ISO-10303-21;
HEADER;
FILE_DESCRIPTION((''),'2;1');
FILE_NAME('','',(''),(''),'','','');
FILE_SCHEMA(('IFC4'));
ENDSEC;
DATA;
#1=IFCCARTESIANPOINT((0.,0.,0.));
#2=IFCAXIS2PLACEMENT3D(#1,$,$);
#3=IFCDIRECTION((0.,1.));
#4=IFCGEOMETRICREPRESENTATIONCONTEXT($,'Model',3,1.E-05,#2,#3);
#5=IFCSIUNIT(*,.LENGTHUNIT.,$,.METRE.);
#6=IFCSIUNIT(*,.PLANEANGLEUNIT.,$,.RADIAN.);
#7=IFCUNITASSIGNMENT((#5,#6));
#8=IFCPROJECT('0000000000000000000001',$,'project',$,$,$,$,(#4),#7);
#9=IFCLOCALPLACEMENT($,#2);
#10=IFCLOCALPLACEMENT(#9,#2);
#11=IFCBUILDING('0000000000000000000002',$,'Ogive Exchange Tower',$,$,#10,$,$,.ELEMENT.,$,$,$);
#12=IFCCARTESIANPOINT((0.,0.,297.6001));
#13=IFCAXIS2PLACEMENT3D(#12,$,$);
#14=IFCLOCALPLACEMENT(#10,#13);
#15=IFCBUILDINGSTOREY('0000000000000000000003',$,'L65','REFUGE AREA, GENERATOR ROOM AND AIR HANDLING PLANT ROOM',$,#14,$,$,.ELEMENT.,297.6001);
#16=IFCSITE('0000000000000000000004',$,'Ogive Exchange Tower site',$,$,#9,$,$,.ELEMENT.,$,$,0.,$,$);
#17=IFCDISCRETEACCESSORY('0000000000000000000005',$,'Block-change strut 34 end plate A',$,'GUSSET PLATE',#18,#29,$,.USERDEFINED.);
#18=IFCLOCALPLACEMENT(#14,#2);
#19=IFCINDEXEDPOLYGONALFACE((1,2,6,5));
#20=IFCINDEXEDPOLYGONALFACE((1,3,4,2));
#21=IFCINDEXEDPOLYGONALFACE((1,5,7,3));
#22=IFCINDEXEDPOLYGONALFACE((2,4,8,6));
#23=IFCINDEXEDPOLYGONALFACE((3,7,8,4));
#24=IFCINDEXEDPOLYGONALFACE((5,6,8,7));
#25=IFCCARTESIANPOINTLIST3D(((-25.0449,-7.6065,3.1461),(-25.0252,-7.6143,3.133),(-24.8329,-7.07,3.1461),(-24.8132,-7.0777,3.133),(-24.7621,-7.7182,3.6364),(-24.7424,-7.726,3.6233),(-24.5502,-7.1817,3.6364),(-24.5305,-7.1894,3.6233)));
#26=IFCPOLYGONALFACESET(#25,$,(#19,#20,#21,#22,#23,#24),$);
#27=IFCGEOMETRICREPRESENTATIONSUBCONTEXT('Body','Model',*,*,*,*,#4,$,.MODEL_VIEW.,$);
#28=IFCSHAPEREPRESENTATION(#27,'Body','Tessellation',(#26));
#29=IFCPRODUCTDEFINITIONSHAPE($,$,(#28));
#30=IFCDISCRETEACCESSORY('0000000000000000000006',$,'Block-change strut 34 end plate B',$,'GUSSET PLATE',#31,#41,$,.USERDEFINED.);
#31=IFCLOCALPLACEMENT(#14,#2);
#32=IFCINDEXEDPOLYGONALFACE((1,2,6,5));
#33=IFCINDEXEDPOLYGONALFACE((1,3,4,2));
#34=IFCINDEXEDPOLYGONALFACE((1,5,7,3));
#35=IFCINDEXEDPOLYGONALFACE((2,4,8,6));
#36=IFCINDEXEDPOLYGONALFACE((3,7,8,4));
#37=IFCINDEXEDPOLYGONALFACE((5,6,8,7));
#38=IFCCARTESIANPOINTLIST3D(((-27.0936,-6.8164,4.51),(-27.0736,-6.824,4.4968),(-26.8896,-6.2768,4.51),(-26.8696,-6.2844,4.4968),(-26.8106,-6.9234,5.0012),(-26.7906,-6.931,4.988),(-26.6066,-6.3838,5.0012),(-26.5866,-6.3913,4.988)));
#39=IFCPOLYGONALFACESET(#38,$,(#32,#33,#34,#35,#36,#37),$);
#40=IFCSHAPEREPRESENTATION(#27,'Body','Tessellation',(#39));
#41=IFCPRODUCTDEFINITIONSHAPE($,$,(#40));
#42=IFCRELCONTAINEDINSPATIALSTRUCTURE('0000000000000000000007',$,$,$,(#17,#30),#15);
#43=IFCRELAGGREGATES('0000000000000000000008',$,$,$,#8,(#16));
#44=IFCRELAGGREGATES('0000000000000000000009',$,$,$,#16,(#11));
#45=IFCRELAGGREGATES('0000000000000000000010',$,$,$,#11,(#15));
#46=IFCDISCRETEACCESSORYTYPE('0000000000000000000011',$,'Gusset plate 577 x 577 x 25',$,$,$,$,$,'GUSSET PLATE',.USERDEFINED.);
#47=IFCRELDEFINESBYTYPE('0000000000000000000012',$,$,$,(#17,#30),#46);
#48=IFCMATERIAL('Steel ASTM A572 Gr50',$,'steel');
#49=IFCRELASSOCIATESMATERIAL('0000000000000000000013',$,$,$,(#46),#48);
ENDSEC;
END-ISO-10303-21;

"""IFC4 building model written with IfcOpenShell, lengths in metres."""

from ifc_helpers import new_model, si_unit, direction, frame, origin, origin_2d, place, context, subcontext, project, spatial, rectangle, extrude, material, material_profile, profile_set, type_object, element, save


model = new_model("IFC4")

# Units and contexts
model_context = context("Model", 3, precision=1e-05, world=origin(), true_north=direction((0.0, 1.0)))
body_context = subcontext(model_context, "Body", "Model", "MODEL_VIEW")
ifc_project = project(units=[si_unit("LENGTHUNIT", "METRE"), si_unit("PLANEANGLEUNIT", "RADIAN")], contexts=[model_context])

# Site, building, storey
site_placement = place(None, origin())
site = spatial("IfcSite", under=ifc_project, at=site_placement, Name="Ogive Exchange Tower site", CompositionType="ELEMENT", RefElevation=0.0)
building_placement = place(site_placement, origin())
building = spatial("IfcBuilding", under=site, at=building_placement, Name="Ogive Exchange Tower", CompositionType="ELEMENT")
storey_placement = place(building_placement, frame((0.0, 0.0, 297.6001)))
storey = spatial("IfcBuildingStorey", under=building, at=storey_placement, Name="L65", Description="REFUGE AREA, GENERATOR ROOM AND AIR HANDLING PLANT ROOM", CompositionType="ELEMENT", Elevation=297.6001)

# Discrete accessories
ifc_material_1 = material(Name="Steel ASTM A572 Gr50", Category="steel")
ifc_material_profile_1 = material_profile(ifc_material_1, rectangle(XDim=0.5769, YDim=0.5769, at=origin_2d()), Name="PL 577 x 577 x 25")
ifc_profile_set_1 = profile_set([ifc_material_profile_1], Name="Steel ASTM A572 Gr50")
discrete_accessory_type_1 = type_object("IfcDiscreteAccessoryType", Name="Gusset plate 577 x 577 x 25", ElementType="GUSSET PLATE", PredefinedType="USERDEFINED", material=ifc_profile_set_1)
discrete_accessory_1_placement = place(storey_placement, frame((-24.7778, -7.4019, 3.3782), z_axis=(-0.790441, 0.312273, 0.526961), x_axis=(-0.367428, -0.930052, 0.0)))
element("IfcDiscreteAccessory", 1, at=discrete_accessory_1_placement, inside=storey, type_object=discrete_accessory_type_1, Name="Block-change strut 34 end plate A", ObjectType="GUSSET PLATE", PredefinedType="USERDEFINED", context=body_context, shape_type="SweptSolid", body=[
    extrude(rectangle(XDim=0.5769, YDim=0.5769, at=origin_2d()), origin(), (0.0, 0.0, 1.0), 0.0249),
])
discrete_accessory_2_placement = place(storey_placement, frame((-26.8301, -6.6077, 4.7424), z_axis=(-0.796417, 0.301084, 0.52447), x_axis=(-0.353622, -0.935388, 0.0)))
element("IfcDiscreteAccessory", 2, at=discrete_accessory_2_placement, inside=storey, type_object=discrete_accessory_type_1, Name="Block-change strut 34 end plate B", ObjectType="GUSSET PLATE", PredefinedType="USERDEFINED", context=body_context, shape_type="SweptSolid", body=[
    extrude(rectangle(XDim=0.5769, YDim=0.5769, at=origin_2d()), origin(), (0.0, 0.0, 1.0), 0.0251),
])

save(model, "model.ifc")
